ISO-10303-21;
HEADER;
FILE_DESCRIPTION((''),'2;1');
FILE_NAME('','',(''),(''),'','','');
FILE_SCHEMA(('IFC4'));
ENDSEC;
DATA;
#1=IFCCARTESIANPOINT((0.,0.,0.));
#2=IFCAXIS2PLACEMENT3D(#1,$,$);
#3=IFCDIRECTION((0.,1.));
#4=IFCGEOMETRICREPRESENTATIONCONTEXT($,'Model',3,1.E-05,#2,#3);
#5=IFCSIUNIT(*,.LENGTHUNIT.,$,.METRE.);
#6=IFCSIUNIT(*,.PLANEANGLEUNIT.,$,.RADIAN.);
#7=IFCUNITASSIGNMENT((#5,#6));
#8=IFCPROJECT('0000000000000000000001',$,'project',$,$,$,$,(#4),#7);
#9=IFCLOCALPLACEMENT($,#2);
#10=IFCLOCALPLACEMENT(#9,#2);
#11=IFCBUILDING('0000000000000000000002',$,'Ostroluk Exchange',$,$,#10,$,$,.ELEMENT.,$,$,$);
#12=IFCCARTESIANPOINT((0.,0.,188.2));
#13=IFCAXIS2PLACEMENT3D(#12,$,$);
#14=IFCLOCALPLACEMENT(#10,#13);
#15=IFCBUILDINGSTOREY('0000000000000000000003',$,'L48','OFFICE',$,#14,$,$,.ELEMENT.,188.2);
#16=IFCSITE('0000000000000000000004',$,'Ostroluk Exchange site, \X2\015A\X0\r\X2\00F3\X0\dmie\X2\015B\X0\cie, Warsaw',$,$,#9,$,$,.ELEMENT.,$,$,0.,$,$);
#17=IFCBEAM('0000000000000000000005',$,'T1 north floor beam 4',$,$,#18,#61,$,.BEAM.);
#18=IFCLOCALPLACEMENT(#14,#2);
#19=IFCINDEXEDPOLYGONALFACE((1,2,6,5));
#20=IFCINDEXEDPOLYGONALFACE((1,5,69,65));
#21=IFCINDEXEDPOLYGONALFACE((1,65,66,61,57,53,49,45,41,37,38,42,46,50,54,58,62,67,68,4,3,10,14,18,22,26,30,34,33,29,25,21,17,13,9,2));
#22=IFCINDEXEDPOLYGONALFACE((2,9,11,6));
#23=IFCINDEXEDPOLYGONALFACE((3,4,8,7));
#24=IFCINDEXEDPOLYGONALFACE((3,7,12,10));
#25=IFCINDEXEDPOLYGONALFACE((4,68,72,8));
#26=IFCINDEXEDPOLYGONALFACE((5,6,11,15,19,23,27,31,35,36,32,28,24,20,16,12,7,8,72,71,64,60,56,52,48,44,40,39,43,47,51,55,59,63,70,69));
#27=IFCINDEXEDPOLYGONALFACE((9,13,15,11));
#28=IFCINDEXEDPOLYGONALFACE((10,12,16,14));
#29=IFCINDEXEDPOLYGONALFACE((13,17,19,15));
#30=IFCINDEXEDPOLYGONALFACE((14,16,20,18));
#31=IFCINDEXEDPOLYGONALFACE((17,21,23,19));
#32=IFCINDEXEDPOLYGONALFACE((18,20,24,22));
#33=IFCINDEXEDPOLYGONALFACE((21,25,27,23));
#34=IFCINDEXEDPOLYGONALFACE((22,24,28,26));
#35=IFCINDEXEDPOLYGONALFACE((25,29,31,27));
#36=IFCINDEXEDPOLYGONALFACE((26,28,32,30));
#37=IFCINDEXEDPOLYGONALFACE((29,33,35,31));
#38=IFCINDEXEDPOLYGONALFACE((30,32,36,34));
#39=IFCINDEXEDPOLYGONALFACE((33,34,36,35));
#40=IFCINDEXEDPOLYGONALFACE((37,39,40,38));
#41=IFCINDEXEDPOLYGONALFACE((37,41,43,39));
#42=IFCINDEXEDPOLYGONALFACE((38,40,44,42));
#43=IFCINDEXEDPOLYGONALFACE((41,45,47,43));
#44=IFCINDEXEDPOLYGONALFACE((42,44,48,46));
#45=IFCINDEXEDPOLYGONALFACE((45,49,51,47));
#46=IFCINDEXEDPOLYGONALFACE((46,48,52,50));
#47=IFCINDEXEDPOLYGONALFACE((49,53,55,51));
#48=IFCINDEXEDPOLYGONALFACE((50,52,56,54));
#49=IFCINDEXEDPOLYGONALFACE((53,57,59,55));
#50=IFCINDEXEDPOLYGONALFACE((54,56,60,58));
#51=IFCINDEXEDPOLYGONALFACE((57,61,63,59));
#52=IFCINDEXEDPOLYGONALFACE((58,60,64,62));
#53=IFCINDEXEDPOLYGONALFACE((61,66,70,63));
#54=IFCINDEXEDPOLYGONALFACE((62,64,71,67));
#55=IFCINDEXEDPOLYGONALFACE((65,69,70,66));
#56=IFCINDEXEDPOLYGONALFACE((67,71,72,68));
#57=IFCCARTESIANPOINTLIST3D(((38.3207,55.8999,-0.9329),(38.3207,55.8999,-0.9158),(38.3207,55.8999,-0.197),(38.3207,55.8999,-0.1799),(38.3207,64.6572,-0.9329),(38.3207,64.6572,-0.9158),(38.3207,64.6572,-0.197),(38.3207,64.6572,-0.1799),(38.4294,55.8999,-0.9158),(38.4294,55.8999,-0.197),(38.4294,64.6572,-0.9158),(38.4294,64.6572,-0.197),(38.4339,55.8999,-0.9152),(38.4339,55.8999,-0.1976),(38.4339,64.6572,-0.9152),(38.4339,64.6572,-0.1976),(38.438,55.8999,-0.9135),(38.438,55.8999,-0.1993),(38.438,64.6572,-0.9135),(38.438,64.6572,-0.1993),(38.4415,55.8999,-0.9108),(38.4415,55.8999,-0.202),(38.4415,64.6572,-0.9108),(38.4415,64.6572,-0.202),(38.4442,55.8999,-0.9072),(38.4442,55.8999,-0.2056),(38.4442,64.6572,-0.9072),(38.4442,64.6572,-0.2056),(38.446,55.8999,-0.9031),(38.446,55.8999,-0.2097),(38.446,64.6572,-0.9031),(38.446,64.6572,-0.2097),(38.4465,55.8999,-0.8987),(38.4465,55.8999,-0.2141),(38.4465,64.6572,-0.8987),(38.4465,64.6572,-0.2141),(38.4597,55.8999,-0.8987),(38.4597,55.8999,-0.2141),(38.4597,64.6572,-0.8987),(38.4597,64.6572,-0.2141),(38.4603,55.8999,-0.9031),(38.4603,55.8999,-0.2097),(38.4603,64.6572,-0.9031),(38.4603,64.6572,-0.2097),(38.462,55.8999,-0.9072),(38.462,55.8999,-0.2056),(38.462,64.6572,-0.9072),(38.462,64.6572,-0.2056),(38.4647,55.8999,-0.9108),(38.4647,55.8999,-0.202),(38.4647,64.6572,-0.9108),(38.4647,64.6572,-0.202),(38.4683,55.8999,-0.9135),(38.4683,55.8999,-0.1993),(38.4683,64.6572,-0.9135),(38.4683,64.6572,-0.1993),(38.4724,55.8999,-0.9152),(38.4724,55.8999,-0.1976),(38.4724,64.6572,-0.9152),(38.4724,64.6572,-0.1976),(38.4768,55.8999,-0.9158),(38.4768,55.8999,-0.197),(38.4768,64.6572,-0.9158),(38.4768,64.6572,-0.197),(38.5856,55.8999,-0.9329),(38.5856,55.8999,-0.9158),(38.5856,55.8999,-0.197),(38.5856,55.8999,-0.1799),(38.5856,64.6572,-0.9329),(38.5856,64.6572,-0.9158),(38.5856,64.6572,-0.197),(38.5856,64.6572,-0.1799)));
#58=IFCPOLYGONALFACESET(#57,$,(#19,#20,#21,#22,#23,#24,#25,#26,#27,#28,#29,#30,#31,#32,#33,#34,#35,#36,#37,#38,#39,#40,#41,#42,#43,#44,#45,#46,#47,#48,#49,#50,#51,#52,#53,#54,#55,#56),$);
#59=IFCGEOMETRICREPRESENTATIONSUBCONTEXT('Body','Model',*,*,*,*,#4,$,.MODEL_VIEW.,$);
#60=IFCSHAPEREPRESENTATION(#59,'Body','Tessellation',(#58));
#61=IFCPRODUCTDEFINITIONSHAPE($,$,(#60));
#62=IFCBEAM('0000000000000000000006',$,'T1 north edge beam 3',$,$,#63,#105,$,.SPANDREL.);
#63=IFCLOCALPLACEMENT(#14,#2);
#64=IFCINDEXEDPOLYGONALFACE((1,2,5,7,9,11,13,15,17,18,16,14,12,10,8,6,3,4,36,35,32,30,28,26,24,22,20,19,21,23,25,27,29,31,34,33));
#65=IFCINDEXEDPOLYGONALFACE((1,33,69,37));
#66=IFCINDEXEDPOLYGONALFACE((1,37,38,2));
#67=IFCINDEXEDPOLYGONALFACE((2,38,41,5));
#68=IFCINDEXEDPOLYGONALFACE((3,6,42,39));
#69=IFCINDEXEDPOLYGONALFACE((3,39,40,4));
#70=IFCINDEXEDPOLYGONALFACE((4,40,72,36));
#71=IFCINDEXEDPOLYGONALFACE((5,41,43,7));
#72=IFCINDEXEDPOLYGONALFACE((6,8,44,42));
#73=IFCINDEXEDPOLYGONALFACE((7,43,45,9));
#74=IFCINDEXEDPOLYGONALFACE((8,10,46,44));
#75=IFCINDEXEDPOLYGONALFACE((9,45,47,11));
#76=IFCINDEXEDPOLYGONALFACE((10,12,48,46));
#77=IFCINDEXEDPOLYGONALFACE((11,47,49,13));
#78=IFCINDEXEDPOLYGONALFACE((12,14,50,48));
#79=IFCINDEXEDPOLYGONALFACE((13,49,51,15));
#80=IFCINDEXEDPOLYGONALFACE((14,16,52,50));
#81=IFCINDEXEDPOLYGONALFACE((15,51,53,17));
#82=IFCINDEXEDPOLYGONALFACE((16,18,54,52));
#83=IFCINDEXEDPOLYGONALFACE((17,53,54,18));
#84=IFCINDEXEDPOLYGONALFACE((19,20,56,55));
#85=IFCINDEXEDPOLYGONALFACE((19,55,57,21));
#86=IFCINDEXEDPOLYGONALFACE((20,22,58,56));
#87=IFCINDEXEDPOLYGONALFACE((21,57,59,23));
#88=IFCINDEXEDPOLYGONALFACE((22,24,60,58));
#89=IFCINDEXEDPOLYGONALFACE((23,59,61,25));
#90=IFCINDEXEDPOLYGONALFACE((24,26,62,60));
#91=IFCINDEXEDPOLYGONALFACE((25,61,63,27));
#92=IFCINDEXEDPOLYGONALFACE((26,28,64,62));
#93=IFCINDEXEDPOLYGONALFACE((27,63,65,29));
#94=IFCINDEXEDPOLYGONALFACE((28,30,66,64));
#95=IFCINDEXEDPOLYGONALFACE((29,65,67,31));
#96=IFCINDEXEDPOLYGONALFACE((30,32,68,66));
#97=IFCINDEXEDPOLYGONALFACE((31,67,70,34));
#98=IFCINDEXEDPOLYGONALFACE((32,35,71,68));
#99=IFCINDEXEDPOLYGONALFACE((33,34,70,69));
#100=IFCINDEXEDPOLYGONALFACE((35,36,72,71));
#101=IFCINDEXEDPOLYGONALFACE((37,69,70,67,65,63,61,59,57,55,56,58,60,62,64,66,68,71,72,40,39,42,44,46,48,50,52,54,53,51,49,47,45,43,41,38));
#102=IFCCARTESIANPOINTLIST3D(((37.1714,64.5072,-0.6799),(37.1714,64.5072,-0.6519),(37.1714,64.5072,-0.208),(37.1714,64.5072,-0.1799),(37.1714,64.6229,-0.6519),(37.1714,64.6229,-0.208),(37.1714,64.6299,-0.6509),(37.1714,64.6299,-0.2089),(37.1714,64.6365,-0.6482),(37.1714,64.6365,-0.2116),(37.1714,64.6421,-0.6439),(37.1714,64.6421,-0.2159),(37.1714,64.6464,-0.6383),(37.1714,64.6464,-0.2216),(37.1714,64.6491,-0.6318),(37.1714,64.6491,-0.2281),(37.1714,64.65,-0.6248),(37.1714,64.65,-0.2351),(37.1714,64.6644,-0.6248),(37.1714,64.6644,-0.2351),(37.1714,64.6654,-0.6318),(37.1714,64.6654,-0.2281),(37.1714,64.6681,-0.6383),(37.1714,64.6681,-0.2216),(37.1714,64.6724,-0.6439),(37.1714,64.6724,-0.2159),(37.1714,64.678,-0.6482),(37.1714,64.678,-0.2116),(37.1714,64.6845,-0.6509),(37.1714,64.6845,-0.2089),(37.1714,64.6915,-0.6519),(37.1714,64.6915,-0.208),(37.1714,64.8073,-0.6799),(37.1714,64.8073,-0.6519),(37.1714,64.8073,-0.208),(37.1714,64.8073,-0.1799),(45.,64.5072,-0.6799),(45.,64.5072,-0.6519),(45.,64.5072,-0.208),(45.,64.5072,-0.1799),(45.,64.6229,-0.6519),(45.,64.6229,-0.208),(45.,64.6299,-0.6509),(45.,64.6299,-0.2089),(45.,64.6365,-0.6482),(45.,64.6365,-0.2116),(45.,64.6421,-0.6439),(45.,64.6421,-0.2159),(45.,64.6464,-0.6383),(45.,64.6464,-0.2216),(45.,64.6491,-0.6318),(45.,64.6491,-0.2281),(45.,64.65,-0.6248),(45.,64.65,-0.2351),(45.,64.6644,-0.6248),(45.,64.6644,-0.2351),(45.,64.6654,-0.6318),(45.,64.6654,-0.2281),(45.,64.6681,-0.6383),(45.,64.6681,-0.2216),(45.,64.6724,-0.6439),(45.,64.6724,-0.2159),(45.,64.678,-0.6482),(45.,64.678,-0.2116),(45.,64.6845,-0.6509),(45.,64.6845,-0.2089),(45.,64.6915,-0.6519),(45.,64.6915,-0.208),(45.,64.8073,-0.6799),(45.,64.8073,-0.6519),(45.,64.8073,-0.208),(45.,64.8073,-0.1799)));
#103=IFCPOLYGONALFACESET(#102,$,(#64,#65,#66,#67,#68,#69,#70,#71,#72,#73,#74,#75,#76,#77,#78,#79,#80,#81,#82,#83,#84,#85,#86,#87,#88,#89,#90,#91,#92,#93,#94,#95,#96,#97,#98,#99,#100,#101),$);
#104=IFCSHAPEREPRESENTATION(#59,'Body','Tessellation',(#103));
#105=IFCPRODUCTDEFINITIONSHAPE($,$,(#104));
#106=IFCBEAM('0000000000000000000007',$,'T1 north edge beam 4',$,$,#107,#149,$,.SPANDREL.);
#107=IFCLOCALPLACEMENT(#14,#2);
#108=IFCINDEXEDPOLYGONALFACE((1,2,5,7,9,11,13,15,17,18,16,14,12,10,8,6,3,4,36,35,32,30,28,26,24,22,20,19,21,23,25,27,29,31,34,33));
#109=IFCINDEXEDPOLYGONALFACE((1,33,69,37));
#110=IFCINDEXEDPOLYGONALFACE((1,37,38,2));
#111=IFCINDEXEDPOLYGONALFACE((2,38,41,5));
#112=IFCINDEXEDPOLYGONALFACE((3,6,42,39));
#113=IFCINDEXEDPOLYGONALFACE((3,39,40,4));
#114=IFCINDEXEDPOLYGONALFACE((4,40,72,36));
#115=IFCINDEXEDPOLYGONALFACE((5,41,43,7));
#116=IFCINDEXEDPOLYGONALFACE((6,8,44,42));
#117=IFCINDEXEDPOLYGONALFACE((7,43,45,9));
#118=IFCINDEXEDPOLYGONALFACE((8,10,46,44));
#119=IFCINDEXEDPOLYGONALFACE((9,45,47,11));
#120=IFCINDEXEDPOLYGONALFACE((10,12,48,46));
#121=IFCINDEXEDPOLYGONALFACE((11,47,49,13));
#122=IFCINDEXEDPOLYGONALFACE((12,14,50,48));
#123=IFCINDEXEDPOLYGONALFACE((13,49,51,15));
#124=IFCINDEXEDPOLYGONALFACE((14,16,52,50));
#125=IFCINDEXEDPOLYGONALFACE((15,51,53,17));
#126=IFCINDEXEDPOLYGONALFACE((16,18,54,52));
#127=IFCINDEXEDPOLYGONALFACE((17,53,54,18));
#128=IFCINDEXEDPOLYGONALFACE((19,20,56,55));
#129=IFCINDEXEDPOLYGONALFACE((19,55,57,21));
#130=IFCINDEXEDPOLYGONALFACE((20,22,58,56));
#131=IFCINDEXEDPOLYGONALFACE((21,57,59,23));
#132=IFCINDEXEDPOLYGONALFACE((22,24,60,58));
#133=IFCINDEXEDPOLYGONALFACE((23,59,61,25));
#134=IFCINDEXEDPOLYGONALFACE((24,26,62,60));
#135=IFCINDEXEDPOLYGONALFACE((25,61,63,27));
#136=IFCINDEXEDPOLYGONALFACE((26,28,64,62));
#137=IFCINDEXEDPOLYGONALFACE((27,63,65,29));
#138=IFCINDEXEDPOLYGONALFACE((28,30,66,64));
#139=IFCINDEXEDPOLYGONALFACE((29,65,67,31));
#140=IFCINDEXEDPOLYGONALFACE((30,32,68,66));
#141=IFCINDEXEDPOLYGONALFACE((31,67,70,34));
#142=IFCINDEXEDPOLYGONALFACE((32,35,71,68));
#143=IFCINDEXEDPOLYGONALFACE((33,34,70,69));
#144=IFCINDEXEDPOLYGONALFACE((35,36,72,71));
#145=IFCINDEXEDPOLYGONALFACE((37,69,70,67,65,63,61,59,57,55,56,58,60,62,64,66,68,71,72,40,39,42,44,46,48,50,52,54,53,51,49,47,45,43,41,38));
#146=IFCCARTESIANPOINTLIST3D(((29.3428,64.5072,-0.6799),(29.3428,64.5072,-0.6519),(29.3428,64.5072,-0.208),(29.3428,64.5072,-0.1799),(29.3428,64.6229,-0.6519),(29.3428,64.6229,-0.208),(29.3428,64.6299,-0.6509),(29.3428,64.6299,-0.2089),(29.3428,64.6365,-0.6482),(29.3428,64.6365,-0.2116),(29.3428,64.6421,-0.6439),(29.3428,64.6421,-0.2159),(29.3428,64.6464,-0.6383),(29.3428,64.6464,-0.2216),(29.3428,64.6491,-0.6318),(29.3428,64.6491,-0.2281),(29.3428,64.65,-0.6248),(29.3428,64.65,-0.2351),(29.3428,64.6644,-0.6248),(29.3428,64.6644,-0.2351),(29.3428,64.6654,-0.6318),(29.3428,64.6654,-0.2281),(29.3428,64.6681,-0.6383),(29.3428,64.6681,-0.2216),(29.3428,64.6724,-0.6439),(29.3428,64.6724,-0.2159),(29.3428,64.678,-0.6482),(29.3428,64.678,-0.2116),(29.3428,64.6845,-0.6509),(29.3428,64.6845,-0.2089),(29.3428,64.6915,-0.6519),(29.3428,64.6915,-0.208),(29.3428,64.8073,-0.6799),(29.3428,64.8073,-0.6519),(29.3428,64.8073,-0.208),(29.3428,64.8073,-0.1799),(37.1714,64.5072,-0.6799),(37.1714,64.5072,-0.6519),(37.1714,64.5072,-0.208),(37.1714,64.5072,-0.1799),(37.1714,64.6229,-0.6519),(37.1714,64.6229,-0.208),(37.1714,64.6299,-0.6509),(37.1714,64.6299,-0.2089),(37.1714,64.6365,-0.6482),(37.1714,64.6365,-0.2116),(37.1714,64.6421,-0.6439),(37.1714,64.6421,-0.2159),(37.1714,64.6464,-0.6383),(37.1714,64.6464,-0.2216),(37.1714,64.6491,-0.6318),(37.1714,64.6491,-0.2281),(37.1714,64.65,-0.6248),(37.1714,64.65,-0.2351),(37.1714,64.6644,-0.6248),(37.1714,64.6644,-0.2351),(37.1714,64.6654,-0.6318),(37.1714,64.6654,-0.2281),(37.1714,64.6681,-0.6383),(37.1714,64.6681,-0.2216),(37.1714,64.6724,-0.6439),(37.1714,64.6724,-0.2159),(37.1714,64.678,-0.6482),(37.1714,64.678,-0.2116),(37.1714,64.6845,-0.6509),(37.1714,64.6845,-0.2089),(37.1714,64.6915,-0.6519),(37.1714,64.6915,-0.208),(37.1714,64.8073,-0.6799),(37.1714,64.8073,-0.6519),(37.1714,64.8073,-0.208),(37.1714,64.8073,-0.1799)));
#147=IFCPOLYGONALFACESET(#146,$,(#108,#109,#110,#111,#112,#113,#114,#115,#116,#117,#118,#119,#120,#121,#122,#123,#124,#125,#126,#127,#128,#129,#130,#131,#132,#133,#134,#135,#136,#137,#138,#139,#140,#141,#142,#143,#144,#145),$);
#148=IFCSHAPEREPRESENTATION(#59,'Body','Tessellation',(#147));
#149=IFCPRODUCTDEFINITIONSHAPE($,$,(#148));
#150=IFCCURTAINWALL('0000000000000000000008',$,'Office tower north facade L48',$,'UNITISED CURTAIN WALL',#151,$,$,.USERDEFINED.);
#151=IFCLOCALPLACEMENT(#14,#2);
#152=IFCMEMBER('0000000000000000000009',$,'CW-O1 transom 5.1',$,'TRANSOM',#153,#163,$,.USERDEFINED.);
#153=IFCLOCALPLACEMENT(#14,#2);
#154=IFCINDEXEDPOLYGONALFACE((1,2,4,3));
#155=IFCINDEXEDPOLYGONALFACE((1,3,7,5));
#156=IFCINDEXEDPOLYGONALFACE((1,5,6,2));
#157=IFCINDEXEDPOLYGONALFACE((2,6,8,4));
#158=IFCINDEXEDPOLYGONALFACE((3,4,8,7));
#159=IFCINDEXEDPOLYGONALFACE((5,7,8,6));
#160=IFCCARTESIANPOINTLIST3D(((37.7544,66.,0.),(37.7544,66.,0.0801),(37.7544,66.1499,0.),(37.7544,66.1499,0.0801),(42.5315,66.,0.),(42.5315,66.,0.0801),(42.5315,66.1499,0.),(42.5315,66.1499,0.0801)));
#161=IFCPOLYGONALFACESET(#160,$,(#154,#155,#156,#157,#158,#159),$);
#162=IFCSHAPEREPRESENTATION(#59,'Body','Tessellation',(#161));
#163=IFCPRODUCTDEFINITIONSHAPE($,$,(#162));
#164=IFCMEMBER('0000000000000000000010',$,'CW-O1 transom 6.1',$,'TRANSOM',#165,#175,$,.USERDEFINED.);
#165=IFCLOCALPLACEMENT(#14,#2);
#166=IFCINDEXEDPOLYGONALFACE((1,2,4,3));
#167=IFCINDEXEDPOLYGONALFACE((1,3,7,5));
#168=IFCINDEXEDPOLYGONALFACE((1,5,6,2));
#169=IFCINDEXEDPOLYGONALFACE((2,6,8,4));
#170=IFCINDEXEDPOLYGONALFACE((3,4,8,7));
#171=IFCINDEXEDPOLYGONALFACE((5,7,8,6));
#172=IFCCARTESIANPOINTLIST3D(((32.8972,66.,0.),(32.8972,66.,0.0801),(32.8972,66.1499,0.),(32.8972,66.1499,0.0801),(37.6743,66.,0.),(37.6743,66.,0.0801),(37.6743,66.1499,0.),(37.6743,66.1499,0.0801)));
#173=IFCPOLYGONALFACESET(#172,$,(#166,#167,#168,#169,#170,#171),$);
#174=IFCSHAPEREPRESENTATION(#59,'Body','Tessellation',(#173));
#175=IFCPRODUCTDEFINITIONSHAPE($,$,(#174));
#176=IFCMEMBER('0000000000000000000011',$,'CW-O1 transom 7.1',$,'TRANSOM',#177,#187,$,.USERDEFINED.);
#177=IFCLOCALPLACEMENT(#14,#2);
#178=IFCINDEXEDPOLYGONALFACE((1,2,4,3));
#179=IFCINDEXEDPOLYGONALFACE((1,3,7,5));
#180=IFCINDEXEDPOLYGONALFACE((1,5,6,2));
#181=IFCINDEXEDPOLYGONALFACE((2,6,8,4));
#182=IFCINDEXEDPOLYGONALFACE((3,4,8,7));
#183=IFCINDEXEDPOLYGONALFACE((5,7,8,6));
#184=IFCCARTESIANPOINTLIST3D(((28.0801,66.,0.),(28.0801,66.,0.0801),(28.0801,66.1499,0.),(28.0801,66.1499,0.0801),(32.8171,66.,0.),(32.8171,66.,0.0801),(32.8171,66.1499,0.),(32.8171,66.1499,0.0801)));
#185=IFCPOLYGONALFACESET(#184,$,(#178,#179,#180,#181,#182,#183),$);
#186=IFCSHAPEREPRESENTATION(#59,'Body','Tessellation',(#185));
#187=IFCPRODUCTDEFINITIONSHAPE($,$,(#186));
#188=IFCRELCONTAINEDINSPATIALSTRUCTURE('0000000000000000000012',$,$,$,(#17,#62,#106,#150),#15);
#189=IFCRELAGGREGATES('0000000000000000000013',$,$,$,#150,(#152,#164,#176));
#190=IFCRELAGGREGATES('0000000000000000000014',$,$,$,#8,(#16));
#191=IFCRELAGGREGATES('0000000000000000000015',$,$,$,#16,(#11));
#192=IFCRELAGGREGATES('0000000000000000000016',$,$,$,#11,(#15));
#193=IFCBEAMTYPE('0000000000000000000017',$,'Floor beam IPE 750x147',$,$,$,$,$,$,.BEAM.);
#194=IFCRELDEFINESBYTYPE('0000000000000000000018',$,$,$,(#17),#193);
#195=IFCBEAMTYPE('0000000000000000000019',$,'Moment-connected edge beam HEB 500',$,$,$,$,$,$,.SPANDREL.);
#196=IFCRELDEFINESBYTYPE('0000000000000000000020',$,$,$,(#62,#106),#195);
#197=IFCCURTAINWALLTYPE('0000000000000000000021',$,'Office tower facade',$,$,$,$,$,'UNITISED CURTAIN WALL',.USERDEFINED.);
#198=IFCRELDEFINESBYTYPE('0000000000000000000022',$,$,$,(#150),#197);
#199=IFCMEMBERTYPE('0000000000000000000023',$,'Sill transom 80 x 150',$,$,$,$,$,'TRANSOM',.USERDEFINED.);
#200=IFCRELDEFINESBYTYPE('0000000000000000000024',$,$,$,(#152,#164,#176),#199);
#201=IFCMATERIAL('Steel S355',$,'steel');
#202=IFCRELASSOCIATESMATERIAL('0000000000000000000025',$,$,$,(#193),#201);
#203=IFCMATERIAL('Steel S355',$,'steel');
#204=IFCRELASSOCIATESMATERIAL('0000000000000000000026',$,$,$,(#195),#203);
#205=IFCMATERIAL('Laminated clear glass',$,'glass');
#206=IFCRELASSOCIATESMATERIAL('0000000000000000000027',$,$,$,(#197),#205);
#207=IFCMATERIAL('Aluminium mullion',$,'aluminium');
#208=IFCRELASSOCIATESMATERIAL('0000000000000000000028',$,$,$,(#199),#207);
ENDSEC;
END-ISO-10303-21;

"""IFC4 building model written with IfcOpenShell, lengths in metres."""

from ifc_helpers import new_model, si_unit, direction, frame, origin, origin_2d, place, context, subcontext, project, spatial, rectangle, i_section, extrude, material, material_profile, profile_set, type_object, element, aggregate, save


model = new_model("IFC4")

# Units and contexts
model_context = context("Model", 3, precision=1e-05, world=origin(), true_north=direction((0.0, 1.0)))
body_context = subcontext(model_context, "Body", "Model", "MODEL_VIEW")
ifc_project = project(units=[si_unit("LENGTHUNIT", "METRE"), si_unit("PLANEANGLEUNIT", "RADIAN")], contexts=[model_context])

# Site, building, storey
site_placement = place(None, origin())
site = spatial("IfcSite", under=ifc_project, at=site_placement, Name="Ostroluk Exchange site, Śródmieście, Warsaw", CompositionType="ELEMENT", RefElevation=0.0)
building_placement = place(site_placement, origin())
building = spatial("IfcBuilding", under=site, at=building_placement, Name="Ostroluk Exchange", CompositionType="ELEMENT")
storey_placement = place(building_placement, frame((0.0, 0.0, 188.2)))
storey = spatial("IfcBuildingStorey", under=building, at=storey_placement, Name="L48", Description="OFFICE", CompositionType="ELEMENT", Elevation=188.2)

# Beams
ifc_material_1 = material(Name="Steel S355", Category="steel")
ifc_material_profile_1 = material_profile(ifc_material_1, i_section(OverallWidth=0.2649, OverallDepth=0.7529, WebThickness=0.0132, FlangeThickness=0.0171, FilletRadius=0.0171, at=origin_2d()), Name="IPE 750x147")
ifc_profile_set_1 = profile_set([ifc_material_profile_1], Name="Steel S355")
beam_type_1 = type_object("IfcBeamType", Name="Floor beam IPE 750x147", PredefinedType="BEAM", material=ifc_profile_set_1)
for number, where, z_axis, x_axis, name in (
    (1, (38.4531, 55.8999, -0.5564), (0.0, 1.0, 0.0), (-1.0, 0.0, 0.0), "T1 north floor beam 4"),
):
    element("IfcBeam", number, at=place(storey_placement, frame(where, z_axis=z_axis, x_axis=x_axis)), inside=storey, type_object=beam_type_1, Name=name, PredefinedType="BEAM", context=body_context, shape_type="SweptSolid", body=[
        extrude(i_section(OverallWidth=0.2649, OverallDepth=0.7529, WebThickness=0.0132, FlangeThickness=0.0171, FilletRadius=0.0171, at=origin_2d()), origin(), (0.0, 0.0, 1.0), 8.7573),
    ])
ifc_material_2 = material(Name="Steel S355", Category="steel")
ifc_material_profile_2 = material_profile(ifc_material_2, i_section(OverallWidth=0.3, OverallDepth=0.5, WebThickness=0.0144, FlangeThickness=0.0281, FilletRadius=0.0271, at=origin_2d()), Name="HEB 500")
ifc_profile_set_2 = profile_set([ifc_material_profile_2], Name="Steel S355")
beam_type_2 = type_object("IfcBeamType", Name="Moment-connected edge beam HEB 500", PredefinedType="SPANDREL", material=ifc_profile_set_2)
for number, where, z_axis, x_axis, name in (
    (2, (45.0, 64.6572, -0.4299), (-1.0, 0.0, 0.0), (0.0, -1.0, 0.0), "T1 north edge beam 3"),
    (3, (37.1714, 64.6572, -0.4299), (-1.0, 0.0, 0.0), (0.0, -1.0, 0.0), "T1 north edge beam 4"),
):
    element("IfcBeam", number, at=place(storey_placement, frame(where, z_axis=z_axis, x_axis=x_axis)), inside=storey, type_object=beam_type_2, Name=name, PredefinedType="SPANDREL", context=body_context, shape_type="SweptSolid", body=[
        extrude(i_section(OverallWidth=0.3, OverallDepth=0.5, WebThickness=0.0144, FlangeThickness=0.0281, FilletRadius=0.0271, at=origin_2d()), origin(), (0.0, 0.0, 1.0), 7.8286),
    ])

# Curtain wall, members
ifc_material_3 = material(Name="Laminated clear glass", Category="glass")
curtain_wall_type = type_object("IfcCurtainWallType", Name="Office tower facade", ElementType="UNITISED CURTAIN WALL", PredefinedType="USERDEFINED", material=ifc_material_3)
curtain_wall_placement = place(storey_placement, origin())
curtain_wall = element("IfcCurtainWall", 4, at=curtain_wall_placement, inside=storey, type_object=curtain_wall_type, Name="Office tower north facade L48", ObjectType="UNITISED CURTAIN WALL", PredefinedType="USERDEFINED")
ifc_material_4 = material(Name="Aluminium mullion", Category="aluminium")
ifc_material_profile_3 = material_profile(ifc_material_4, rectangle(XDim=0.1499, YDim=0.0801, at=origin_2d()), Name="Sill transom 80 x 150")
ifc_profile_set_3 = profile_set([ifc_material_profile_3], Name="Aluminium mullion")
member_type_1 = type_object("IfcMemberType", Name="Sill transom 80 x 150", ElementType="TRANSOM", PredefinedType="USERDEFINED", material=ifc_profile_set_3)
member_1_placement = place(storey_placement, frame((42.5315, 66.075, 0.04), z_axis=(-1.0, 0.0, 0.0), x_axis=(0.0, -1.0, 0.0)))
member_1 = element("IfcMember", 5, at=member_1_placement, type_object=member_type_1, Name="CW-O1 transom 5.1", ObjectType="TRANSOM", PredefinedType="USERDEFINED", context=body_context, shape_type="SweptSolid", body=[
    extrude(rectangle(XDim=0.1499, YDim=0.0801, at=origin_2d()), origin(), (0.0, 0.0, 1.0), 4.7771),
])
member_2_placement = place(storey_placement, frame((37.6743, 66.075, 0.04), z_axis=(-1.0, 0.0, 0.0), x_axis=(0.0, -1.0, 0.0)))
member_2 = element("IfcMember", 6, at=member_2_placement, type_object=member_type_1, Name="CW-O1 transom 6.1", ObjectType="TRANSOM", PredefinedType="USERDEFINED", context=body_context, shape_type="SweptSolid", body=[
    extrude(rectangle(XDim=0.1499, YDim=0.0801, at=origin_2d()), origin(), (0.0, 0.0, 1.0), 4.7771),
])
member_3_placement = place(storey_placement, frame((32.8171, 66.075, 0.04), z_axis=(-1.0, 0.0, 0.0), x_axis=(0.0, -1.0, 0.0)))
member_3 = element("IfcMember", 7, at=member_3_placement, type_object=member_type_1, Name="CW-O1 transom 7.1", ObjectType="TRANSOM", PredefinedType="USERDEFINED", context=body_context, shape_type="SweptSolid", body=[
    extrude(rectangle(XDim=0.1499, YDim=0.0801, at=origin_2d()), origin(), (0.0, 0.0, 1.0), 4.7371),
])
aggregate(curtain_wall, [member_1, member_2, member_3])

save(model, "model.ifc")
